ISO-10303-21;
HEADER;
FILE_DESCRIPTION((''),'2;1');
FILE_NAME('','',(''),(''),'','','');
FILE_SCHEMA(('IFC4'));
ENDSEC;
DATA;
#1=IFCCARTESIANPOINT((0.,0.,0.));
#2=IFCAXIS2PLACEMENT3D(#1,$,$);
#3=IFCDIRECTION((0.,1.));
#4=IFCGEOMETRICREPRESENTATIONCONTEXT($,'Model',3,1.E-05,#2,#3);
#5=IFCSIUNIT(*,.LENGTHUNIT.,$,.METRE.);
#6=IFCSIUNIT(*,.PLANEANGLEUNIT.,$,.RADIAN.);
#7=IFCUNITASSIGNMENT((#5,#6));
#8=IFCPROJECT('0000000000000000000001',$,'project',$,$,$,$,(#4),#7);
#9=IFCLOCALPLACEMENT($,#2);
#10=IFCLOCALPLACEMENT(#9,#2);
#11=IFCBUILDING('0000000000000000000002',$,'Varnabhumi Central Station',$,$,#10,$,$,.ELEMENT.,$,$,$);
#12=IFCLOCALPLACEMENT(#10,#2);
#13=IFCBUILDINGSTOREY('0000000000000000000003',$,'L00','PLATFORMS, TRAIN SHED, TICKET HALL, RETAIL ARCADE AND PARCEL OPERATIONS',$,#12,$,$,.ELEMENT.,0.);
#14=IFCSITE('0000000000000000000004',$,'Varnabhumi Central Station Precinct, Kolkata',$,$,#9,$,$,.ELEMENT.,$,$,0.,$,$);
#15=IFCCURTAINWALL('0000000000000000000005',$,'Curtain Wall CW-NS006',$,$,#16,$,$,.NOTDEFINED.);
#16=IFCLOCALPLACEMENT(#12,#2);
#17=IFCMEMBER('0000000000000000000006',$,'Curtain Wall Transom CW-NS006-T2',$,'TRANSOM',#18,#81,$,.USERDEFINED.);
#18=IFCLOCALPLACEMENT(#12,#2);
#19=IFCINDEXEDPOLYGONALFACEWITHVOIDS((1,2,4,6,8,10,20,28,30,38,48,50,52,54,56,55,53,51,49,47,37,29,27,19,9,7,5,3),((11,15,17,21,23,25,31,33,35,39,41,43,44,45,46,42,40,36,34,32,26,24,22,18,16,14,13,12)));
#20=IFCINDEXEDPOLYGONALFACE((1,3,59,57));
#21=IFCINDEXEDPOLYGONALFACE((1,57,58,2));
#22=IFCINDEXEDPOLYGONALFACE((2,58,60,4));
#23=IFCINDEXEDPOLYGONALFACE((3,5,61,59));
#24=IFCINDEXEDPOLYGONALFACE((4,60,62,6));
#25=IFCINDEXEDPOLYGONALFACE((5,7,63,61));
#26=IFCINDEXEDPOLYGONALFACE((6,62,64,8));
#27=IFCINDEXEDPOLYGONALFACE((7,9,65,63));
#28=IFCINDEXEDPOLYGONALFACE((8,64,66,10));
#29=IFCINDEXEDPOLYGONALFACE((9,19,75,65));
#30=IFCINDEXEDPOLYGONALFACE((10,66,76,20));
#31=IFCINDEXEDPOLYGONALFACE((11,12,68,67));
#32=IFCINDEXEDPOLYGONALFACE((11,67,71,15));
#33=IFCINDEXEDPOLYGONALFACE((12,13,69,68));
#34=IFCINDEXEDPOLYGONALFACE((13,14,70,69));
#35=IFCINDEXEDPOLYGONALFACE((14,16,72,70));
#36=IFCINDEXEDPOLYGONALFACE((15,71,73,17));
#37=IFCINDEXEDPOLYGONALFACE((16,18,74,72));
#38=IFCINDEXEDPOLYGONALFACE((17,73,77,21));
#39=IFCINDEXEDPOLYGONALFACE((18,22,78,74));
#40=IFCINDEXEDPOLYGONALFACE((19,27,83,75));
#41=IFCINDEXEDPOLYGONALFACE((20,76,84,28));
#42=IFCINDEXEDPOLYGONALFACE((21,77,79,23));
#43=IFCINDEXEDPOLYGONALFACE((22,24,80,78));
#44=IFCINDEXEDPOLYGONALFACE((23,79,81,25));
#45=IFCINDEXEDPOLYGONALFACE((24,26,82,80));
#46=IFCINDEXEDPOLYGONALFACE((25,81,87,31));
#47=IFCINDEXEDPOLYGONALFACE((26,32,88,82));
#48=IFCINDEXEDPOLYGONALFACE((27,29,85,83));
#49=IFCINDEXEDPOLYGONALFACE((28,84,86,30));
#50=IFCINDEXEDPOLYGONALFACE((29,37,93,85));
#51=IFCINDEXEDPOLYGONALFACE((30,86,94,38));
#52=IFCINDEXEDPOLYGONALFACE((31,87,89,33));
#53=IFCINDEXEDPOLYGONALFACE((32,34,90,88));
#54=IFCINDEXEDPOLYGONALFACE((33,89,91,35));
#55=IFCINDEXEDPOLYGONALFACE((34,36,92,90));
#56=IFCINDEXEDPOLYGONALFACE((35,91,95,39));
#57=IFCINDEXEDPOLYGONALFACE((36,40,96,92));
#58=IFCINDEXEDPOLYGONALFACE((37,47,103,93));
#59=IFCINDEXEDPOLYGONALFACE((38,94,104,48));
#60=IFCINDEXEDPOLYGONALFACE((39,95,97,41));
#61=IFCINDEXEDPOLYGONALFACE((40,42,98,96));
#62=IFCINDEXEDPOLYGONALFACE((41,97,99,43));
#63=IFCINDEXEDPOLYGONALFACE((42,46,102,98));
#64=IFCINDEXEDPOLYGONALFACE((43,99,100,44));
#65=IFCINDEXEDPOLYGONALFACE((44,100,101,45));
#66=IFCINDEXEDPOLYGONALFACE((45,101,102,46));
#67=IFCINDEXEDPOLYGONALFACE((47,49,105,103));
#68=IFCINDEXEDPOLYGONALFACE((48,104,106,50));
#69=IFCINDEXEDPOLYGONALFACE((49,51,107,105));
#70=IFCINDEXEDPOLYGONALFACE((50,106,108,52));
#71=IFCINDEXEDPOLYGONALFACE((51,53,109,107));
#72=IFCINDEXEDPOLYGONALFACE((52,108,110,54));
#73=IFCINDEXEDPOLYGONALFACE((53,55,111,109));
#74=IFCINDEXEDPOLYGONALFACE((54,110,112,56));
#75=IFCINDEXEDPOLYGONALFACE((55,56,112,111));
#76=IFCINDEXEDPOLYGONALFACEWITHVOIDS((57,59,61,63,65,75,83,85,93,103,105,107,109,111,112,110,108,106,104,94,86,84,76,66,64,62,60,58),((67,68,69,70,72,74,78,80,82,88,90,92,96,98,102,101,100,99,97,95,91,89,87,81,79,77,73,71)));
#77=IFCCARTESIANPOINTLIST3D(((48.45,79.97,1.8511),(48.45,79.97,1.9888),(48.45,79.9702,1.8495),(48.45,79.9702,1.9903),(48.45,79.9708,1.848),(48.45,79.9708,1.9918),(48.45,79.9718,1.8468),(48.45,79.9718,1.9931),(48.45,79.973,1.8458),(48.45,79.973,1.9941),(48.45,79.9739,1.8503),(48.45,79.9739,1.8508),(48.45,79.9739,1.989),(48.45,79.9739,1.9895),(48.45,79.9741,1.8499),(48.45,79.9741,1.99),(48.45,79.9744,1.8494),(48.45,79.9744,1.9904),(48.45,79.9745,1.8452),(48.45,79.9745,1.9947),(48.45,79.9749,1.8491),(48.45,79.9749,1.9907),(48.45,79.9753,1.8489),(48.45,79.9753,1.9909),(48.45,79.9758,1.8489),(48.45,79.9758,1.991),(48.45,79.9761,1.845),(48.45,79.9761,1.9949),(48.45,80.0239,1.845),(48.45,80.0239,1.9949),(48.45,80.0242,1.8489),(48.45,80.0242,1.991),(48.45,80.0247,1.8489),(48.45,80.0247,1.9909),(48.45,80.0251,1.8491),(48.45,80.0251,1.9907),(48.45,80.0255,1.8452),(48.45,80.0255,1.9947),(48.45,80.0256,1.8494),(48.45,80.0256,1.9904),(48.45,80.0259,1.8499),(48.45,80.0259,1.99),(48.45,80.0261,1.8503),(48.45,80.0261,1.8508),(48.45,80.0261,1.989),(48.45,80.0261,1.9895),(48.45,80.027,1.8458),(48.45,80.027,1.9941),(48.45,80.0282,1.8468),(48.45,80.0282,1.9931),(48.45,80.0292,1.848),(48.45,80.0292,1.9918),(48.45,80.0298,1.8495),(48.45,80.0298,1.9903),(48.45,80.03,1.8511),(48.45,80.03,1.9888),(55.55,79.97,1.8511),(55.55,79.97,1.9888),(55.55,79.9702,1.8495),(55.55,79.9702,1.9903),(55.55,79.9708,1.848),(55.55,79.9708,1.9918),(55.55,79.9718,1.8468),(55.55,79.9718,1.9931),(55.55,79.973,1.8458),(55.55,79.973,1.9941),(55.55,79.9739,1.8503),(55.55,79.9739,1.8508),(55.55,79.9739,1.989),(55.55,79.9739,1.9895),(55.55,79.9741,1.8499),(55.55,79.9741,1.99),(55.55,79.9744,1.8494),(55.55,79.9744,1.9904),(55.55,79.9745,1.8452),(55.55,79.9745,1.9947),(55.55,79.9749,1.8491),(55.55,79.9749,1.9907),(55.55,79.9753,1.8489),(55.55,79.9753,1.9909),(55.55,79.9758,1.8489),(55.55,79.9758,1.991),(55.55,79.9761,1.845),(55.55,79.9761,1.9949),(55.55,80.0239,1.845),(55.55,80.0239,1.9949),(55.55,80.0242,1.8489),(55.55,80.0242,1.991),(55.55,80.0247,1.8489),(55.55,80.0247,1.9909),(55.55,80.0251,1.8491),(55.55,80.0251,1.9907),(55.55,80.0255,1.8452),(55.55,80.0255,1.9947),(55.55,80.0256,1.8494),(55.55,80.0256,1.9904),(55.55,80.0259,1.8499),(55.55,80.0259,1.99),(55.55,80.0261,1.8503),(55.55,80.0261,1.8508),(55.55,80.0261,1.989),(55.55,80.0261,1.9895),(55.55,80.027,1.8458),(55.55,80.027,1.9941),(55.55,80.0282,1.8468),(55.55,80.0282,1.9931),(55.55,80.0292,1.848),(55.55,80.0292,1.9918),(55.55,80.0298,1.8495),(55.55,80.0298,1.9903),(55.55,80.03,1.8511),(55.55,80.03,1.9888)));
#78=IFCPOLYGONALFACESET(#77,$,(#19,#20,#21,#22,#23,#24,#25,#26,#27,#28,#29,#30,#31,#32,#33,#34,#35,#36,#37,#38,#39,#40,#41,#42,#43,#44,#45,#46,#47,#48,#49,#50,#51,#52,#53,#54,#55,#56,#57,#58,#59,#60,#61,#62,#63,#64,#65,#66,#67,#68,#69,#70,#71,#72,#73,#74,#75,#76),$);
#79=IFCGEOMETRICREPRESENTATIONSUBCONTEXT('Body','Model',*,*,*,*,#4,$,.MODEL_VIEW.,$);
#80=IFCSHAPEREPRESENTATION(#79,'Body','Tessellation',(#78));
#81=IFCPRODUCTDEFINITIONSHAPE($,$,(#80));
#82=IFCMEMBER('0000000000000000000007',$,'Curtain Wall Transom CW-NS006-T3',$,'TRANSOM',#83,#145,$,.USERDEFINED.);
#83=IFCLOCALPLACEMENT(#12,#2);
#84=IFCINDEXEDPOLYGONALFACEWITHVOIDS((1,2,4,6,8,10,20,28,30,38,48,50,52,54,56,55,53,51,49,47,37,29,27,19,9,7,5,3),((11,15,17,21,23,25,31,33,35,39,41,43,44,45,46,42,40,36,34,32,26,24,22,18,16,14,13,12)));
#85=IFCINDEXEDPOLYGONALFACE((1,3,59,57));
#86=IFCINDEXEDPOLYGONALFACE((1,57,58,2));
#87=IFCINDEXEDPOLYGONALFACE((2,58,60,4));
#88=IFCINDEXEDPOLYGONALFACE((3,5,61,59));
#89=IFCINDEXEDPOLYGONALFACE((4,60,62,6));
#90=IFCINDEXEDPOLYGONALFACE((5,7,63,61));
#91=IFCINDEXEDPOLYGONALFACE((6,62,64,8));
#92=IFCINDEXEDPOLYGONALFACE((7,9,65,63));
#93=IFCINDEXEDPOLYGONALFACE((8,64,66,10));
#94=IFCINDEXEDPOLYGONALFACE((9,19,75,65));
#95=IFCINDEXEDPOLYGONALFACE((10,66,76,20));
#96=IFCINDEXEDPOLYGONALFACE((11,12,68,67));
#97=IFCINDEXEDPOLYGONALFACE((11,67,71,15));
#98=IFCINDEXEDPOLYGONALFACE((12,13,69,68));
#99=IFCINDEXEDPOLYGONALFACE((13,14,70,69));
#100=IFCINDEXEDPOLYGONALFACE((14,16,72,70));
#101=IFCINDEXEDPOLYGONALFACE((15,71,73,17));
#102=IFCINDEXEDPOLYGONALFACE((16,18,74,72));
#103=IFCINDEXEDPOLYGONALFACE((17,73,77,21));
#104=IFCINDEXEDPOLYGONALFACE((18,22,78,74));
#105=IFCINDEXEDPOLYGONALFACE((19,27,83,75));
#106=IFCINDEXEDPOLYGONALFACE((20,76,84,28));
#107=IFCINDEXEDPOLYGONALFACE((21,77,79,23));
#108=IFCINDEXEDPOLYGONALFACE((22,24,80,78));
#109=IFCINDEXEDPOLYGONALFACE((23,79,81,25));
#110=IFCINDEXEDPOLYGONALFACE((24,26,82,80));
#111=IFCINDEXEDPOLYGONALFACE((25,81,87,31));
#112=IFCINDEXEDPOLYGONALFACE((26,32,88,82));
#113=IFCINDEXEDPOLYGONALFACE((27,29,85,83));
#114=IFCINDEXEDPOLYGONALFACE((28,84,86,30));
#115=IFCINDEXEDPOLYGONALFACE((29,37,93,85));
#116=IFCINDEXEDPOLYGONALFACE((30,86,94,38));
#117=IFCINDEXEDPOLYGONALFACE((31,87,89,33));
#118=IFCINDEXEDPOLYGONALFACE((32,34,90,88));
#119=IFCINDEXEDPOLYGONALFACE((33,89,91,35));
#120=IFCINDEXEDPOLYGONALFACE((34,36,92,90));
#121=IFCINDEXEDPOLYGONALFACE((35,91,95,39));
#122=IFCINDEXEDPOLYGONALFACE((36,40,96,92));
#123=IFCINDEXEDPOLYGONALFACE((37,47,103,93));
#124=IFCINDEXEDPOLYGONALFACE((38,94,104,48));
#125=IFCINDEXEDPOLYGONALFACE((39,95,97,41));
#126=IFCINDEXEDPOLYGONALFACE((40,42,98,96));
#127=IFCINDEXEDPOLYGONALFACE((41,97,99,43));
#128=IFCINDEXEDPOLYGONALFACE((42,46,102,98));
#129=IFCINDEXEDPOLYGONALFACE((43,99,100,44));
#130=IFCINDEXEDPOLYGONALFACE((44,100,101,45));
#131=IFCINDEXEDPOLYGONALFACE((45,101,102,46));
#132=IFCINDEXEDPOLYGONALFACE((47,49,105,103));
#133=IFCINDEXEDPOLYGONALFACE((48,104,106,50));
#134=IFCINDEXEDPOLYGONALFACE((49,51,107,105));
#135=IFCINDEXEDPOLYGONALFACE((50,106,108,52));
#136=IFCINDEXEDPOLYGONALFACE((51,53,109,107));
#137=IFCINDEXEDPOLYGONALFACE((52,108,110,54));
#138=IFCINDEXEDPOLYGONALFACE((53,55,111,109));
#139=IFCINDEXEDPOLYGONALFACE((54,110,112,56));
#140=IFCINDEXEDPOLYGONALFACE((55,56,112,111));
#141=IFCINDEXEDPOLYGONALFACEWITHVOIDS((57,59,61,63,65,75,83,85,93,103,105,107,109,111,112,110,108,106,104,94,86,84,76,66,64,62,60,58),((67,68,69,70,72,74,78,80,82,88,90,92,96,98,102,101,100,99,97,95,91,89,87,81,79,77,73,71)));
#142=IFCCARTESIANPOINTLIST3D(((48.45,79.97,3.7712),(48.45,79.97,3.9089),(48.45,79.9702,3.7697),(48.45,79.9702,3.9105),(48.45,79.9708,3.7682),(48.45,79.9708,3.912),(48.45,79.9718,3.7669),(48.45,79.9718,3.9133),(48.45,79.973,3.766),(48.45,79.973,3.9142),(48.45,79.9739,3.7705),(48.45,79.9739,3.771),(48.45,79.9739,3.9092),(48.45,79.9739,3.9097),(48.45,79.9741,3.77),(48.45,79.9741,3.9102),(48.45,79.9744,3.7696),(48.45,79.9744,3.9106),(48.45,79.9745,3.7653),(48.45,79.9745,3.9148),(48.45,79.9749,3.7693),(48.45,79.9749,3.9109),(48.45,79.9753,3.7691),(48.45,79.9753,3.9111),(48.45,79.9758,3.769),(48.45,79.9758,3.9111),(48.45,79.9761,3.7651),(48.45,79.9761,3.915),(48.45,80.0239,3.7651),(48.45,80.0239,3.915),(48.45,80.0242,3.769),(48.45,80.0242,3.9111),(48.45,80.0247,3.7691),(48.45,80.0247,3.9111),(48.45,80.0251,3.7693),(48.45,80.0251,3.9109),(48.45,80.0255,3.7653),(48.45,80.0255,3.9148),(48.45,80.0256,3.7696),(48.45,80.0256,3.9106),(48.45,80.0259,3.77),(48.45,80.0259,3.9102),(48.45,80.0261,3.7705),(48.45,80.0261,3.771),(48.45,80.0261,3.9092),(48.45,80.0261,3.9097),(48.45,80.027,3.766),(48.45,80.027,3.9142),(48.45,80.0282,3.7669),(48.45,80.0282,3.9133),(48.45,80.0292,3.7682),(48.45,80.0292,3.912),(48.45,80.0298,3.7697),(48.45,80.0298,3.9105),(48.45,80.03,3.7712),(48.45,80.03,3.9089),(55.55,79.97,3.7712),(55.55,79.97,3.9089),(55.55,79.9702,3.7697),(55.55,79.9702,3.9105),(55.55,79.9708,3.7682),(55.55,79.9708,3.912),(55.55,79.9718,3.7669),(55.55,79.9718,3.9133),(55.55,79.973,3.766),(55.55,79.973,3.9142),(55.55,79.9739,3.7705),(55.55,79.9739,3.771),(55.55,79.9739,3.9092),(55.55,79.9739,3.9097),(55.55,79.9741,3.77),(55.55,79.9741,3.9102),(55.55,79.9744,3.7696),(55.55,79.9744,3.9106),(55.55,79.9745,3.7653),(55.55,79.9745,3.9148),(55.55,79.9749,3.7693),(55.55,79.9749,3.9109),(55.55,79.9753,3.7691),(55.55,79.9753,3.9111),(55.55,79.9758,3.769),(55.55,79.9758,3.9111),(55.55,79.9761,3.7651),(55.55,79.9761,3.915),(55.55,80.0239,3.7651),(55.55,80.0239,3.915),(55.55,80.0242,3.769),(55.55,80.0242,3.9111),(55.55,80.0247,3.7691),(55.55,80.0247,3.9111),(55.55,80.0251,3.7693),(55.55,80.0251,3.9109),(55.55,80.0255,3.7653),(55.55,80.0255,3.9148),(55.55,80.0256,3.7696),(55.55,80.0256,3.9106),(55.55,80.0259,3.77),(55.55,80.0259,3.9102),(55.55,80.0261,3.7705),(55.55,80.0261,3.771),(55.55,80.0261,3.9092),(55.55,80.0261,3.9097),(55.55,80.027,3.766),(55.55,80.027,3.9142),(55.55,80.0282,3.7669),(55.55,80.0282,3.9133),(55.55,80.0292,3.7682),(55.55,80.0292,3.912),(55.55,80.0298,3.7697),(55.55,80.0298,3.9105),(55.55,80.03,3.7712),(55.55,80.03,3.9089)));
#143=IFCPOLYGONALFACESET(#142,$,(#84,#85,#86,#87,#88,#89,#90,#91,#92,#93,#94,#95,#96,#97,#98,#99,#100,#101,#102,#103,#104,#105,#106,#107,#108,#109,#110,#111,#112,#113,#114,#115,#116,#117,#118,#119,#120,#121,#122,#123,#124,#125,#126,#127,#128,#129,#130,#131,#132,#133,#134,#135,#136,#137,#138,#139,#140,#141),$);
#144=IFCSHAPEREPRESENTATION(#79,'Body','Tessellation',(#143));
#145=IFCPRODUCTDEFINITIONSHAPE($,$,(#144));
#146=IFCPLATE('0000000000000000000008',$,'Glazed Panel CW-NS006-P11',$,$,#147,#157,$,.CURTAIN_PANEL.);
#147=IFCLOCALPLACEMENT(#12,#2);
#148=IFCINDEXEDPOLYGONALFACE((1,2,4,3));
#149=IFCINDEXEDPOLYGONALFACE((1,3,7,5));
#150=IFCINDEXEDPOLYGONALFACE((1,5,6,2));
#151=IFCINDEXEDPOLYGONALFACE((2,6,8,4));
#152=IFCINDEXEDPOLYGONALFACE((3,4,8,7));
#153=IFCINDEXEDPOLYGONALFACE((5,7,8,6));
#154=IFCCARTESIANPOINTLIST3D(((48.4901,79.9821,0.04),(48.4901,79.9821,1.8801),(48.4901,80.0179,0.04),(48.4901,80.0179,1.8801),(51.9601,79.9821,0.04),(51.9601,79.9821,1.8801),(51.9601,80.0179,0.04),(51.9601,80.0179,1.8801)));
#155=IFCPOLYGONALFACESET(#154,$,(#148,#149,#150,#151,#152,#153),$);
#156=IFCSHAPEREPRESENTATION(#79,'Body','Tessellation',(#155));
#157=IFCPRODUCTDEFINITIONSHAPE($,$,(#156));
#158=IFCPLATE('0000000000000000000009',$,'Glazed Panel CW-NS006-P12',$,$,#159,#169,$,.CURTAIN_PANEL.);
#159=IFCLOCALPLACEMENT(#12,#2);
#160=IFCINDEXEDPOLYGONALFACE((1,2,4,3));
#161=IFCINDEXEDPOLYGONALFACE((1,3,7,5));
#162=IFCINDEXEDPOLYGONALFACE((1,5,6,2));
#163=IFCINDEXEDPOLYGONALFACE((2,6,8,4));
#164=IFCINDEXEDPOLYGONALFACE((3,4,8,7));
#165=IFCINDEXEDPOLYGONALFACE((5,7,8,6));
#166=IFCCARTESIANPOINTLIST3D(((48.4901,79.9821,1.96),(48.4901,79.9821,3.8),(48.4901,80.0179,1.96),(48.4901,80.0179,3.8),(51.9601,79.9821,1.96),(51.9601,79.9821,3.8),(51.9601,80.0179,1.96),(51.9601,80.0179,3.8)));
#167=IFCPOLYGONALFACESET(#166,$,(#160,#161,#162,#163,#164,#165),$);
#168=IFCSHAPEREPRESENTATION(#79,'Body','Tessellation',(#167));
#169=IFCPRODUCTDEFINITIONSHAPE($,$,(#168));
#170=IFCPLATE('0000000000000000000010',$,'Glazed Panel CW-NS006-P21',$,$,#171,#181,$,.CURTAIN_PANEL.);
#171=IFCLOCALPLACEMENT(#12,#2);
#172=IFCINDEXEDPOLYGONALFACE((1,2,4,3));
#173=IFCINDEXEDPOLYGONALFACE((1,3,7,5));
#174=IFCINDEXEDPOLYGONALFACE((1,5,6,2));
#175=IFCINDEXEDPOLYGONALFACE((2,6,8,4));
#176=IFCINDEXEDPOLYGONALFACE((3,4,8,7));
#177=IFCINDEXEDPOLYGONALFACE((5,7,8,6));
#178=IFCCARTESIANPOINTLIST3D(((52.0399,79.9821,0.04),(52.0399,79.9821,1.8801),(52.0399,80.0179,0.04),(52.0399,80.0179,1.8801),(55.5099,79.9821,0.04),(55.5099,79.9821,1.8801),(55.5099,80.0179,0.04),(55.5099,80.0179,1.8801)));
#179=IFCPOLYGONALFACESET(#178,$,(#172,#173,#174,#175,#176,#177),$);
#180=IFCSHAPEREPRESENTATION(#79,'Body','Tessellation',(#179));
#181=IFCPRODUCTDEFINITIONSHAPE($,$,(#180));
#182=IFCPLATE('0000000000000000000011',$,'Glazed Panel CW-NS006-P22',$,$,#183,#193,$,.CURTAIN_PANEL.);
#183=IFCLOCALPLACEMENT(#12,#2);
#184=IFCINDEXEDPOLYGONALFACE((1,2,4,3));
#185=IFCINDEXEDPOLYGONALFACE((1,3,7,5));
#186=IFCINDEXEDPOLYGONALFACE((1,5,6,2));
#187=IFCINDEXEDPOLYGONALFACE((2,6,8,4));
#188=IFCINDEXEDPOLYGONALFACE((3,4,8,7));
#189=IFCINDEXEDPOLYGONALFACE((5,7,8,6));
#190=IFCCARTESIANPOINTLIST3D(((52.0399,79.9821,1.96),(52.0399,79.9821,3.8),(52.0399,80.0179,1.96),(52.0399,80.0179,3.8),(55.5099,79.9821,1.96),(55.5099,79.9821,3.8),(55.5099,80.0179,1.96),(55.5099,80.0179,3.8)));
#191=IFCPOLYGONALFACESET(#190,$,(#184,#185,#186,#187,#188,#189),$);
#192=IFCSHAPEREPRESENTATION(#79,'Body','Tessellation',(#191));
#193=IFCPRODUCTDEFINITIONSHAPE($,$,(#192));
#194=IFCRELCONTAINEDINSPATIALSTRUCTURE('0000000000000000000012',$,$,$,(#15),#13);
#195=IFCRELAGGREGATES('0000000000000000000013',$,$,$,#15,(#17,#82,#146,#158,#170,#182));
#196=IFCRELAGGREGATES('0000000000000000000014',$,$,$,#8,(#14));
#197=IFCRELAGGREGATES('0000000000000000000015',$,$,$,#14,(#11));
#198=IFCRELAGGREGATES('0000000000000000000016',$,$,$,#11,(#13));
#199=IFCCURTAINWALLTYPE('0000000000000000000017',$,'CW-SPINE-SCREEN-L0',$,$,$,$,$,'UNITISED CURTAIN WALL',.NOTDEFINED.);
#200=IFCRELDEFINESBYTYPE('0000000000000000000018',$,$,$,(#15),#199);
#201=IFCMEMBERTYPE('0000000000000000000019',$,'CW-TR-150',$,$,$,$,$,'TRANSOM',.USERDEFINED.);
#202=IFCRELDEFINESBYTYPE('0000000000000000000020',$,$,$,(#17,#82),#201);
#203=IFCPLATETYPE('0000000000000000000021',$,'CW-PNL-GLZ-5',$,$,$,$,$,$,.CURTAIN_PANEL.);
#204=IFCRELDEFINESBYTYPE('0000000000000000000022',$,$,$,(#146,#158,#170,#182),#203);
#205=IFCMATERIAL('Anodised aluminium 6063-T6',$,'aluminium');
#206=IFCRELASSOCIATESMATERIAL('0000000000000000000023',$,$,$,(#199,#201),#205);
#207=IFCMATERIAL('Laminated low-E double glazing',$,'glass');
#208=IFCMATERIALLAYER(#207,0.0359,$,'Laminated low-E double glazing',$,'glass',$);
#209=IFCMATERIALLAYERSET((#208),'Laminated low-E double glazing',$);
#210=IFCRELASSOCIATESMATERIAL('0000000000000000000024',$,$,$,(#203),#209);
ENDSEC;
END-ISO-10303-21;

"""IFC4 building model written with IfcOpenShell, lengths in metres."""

from ifc_helpers import new_model, si_unit, direction, frame, origin, origin_2d, place, context, subcontext, project, spatial, rectangle, hollow_rectangle, extrude, material, layer, layer_set, material_profile, profile_set, type_object, element, aggregate, save


model = new_model("IFC4")

# Units and contexts
model_context = context("Model", 3, precision=1e-05, world=origin(), true_north=direction((0.0, 1.0)))
body_context = subcontext(model_context, "Body", "Model", "MODEL_VIEW")
ifc_project = project(units=[si_unit("LENGTHUNIT", "METRE"), si_unit("PLANEANGLEUNIT", "RADIAN")], contexts=[model_context])

# Site, building, storey
site_placement = place(None, origin())
site = spatial("IfcSite", under=ifc_project, at=site_placement, Name="Varnabhumi Central Station Precinct, Kolkata", CompositionType="ELEMENT", RefElevation=0.0)
building_placement = place(site_placement, origin())
building = spatial("IfcBuilding", under=site, at=building_placement, Name="Varnabhumi Central Station", CompositionType="ELEMENT")
storey_placement = place(building_placement, origin())
storey = spatial("IfcBuildingStorey", under=building, at=storey_placement, Name="L00", Description="PLATFORMS, TRAIN SHED, TICKET HALL, RETAIL ARCADE AND PARCEL OPERATIONS", CompositionType="ELEMENT", Elevation=0.0)

# Curtain wall, members, plates
ifc_material_1 = material(Name="Anodised aluminium 6063-T6", Category="aluminium")
curtain_wall_type = type_object("IfcCurtainWallType", Name="CW-SPINE-SCREEN-L0", ElementType="UNITISED CURTAIN WALL", PredefinedType="NOTDEFINED", material=ifc_material_1)
curtain_wall_placement = place(storey_placement, origin())
curtain_wall = element("IfcCurtainWall", 1, at=curtain_wall_placement, inside=storey, type_object=curtain_wall_type, Name="Curtain Wall CW-NS006", PredefinedType="NOTDEFINED")
ifc_material_profile_1 = material_profile(ifc_material_1, hollow_rectangle(XDim=0.0601, YDim=0.1499, WallThickness=0.0039, InnerFilletRadius=0.002, OuterFilletRadius=0.0061, at=origin_2d()), Name="Anodised aluminium 6063-T6", Category="aluminium")
ifc_profile_set_1 = profile_set([ifc_material_profile_1], Name="Anodised aluminium 6063-T6")
member_type_1 = type_object("IfcMemberType", Name="CW-TR-150", ElementType="TRANSOM", PredefinedType="USERDEFINED", material=ifc_profile_set_1)
member_1_placement = place(storey_placement, frame((48.45, 80.0, 1.9199), z_axis=(1.0, 0.0, 0.0), x_axis=(0.0, 1.0, 0.0)))
member_1 = element("IfcMember", 2, at=member_1_placement, type_object=member_type_1, Name="Curtain Wall Transom CW-NS006-T2", ObjectType="TRANSOM", PredefinedType="USERDEFINED", context=body_context, shape_type="SweptSolid", body=[
    extrude(hollow_rectangle(XDim=0.0601, YDim=0.1499, WallThickness=0.0039, InnerFilletRadius=0.002, OuterFilletRadius=0.0061, at=origin_2d()), origin(), (0.0, 0.0, 1.0), 7.1001),
])
member_2_placement = place(storey_placement, frame((48.45, 80.0, 3.8401), z_axis=(1.0, 0.0, 0.0), x_axis=(0.0, 1.0, 0.0)))
member_2 = element("IfcMember", 3, at=member_2_placement, type_object=member_type_1, Name="Curtain Wall Transom CW-NS006-T3", ObjectType="TRANSOM", PredefinedType="USERDEFINED", context=body_context, shape_type="SweptSolid", body=[
    extrude(hollow_rectangle(XDim=0.0601, YDim=0.1499, WallThickness=0.0039, InnerFilletRadius=0.002, OuterFilletRadius=0.0061, at=origin_2d()), origin(), (0.0, 0.0, 1.0), 7.1001),
])
ifc_material_2 = material(Name="Laminated low-E double glazing", Category="glass")
ifc_layer_1 = layer(ifc_material_2, 0.0359, Name="Laminated low-E double glazing", Category="glass")
ifc_layer_set_1 = layer_set([ifc_layer_1], Name="Laminated low-E double glazing")
plate_type_1 = type_object("IfcPlateType", Name="CW-PNL-GLZ-5", PredefinedType="CURTAIN_PANEL", material=ifc_layer_set_1)
plate_1_placement = place(storey_placement, frame((50.2251, 80.0, 0.04), z_axis=(0.0, 0.0, 1.0), x_axis=(1.0, 0.0, 0.0)))
plate_1 = element("IfcPlate", 4, at=plate_1_placement, type_object=plate_type_1, Name="Glazed Panel CW-NS006-P11", PredefinedType="CURTAIN_PANEL", context=body_context, shape_type="SweptSolid", body=[
    extrude(rectangle(XDim=3.47, YDim=0.0359, at=origin_2d()), origin(), (0.0, 0.0, 1.0), 1.8401),
])
plate_2_placement = place(storey_placement, frame((50.2251, 80.0, 1.96), z_axis=(0.0, 0.0, 1.0), x_axis=(1.0, 0.0, 0.0)))
plate_2 = element("IfcPlate", 5, at=plate_2_placement, type_object=plate_type_1, Name="Glazed Panel CW-NS006-P12", PredefinedType="CURTAIN_PANEL", context=body_context, shape_type="SweptSolid", body=[
    extrude(rectangle(XDim=3.47, YDim=0.0359, at=origin_2d()), origin(), (0.0, 0.0, 1.0), 1.8401),
])
plate_3_placement = place(storey_placement, frame((53.7749, 80.0, 0.04), z_axis=(0.0, 0.0, 1.0), x_axis=(1.0, 0.0, 0.0)))
plate_3 = element("IfcPlate", 6, at=plate_3_placement, type_object=plate_type_1, Name="Glazed Panel CW-NS006-P21", PredefinedType="CURTAIN_PANEL", context=body_context, shape_type="SweptSolid", body=[
    extrude(rectangle(XDim=3.47, YDim=0.0359, at=origin_2d()), origin(), (0.0, 0.0, 1.0), 1.8401),
])
plate_4_placement = place(storey_placement, frame((53.7749, 80.0, 1.96), z_axis=(0.0, 0.0, 1.0), x_axis=(1.0, 0.0, 0.0)))
plate_4 = element("IfcPlate", 7, at=plate_4_placement, type_object=plate_type_1, Name="Glazed Panel CW-NS006-P22", PredefinedType="CURTAIN_PANEL", context=body_context, shape_type="SweptSolid", body=[
    extrude(rectangle(XDim=3.47, YDim=0.0359, at=origin_2d()), origin(), (0.0, 0.0, 1.0), 1.8401),
])
aggregate(curtain_wall, [member_1, member_2, plate_1, plate_2, plate_3, plate_4])

save(model, "model.ifc")
